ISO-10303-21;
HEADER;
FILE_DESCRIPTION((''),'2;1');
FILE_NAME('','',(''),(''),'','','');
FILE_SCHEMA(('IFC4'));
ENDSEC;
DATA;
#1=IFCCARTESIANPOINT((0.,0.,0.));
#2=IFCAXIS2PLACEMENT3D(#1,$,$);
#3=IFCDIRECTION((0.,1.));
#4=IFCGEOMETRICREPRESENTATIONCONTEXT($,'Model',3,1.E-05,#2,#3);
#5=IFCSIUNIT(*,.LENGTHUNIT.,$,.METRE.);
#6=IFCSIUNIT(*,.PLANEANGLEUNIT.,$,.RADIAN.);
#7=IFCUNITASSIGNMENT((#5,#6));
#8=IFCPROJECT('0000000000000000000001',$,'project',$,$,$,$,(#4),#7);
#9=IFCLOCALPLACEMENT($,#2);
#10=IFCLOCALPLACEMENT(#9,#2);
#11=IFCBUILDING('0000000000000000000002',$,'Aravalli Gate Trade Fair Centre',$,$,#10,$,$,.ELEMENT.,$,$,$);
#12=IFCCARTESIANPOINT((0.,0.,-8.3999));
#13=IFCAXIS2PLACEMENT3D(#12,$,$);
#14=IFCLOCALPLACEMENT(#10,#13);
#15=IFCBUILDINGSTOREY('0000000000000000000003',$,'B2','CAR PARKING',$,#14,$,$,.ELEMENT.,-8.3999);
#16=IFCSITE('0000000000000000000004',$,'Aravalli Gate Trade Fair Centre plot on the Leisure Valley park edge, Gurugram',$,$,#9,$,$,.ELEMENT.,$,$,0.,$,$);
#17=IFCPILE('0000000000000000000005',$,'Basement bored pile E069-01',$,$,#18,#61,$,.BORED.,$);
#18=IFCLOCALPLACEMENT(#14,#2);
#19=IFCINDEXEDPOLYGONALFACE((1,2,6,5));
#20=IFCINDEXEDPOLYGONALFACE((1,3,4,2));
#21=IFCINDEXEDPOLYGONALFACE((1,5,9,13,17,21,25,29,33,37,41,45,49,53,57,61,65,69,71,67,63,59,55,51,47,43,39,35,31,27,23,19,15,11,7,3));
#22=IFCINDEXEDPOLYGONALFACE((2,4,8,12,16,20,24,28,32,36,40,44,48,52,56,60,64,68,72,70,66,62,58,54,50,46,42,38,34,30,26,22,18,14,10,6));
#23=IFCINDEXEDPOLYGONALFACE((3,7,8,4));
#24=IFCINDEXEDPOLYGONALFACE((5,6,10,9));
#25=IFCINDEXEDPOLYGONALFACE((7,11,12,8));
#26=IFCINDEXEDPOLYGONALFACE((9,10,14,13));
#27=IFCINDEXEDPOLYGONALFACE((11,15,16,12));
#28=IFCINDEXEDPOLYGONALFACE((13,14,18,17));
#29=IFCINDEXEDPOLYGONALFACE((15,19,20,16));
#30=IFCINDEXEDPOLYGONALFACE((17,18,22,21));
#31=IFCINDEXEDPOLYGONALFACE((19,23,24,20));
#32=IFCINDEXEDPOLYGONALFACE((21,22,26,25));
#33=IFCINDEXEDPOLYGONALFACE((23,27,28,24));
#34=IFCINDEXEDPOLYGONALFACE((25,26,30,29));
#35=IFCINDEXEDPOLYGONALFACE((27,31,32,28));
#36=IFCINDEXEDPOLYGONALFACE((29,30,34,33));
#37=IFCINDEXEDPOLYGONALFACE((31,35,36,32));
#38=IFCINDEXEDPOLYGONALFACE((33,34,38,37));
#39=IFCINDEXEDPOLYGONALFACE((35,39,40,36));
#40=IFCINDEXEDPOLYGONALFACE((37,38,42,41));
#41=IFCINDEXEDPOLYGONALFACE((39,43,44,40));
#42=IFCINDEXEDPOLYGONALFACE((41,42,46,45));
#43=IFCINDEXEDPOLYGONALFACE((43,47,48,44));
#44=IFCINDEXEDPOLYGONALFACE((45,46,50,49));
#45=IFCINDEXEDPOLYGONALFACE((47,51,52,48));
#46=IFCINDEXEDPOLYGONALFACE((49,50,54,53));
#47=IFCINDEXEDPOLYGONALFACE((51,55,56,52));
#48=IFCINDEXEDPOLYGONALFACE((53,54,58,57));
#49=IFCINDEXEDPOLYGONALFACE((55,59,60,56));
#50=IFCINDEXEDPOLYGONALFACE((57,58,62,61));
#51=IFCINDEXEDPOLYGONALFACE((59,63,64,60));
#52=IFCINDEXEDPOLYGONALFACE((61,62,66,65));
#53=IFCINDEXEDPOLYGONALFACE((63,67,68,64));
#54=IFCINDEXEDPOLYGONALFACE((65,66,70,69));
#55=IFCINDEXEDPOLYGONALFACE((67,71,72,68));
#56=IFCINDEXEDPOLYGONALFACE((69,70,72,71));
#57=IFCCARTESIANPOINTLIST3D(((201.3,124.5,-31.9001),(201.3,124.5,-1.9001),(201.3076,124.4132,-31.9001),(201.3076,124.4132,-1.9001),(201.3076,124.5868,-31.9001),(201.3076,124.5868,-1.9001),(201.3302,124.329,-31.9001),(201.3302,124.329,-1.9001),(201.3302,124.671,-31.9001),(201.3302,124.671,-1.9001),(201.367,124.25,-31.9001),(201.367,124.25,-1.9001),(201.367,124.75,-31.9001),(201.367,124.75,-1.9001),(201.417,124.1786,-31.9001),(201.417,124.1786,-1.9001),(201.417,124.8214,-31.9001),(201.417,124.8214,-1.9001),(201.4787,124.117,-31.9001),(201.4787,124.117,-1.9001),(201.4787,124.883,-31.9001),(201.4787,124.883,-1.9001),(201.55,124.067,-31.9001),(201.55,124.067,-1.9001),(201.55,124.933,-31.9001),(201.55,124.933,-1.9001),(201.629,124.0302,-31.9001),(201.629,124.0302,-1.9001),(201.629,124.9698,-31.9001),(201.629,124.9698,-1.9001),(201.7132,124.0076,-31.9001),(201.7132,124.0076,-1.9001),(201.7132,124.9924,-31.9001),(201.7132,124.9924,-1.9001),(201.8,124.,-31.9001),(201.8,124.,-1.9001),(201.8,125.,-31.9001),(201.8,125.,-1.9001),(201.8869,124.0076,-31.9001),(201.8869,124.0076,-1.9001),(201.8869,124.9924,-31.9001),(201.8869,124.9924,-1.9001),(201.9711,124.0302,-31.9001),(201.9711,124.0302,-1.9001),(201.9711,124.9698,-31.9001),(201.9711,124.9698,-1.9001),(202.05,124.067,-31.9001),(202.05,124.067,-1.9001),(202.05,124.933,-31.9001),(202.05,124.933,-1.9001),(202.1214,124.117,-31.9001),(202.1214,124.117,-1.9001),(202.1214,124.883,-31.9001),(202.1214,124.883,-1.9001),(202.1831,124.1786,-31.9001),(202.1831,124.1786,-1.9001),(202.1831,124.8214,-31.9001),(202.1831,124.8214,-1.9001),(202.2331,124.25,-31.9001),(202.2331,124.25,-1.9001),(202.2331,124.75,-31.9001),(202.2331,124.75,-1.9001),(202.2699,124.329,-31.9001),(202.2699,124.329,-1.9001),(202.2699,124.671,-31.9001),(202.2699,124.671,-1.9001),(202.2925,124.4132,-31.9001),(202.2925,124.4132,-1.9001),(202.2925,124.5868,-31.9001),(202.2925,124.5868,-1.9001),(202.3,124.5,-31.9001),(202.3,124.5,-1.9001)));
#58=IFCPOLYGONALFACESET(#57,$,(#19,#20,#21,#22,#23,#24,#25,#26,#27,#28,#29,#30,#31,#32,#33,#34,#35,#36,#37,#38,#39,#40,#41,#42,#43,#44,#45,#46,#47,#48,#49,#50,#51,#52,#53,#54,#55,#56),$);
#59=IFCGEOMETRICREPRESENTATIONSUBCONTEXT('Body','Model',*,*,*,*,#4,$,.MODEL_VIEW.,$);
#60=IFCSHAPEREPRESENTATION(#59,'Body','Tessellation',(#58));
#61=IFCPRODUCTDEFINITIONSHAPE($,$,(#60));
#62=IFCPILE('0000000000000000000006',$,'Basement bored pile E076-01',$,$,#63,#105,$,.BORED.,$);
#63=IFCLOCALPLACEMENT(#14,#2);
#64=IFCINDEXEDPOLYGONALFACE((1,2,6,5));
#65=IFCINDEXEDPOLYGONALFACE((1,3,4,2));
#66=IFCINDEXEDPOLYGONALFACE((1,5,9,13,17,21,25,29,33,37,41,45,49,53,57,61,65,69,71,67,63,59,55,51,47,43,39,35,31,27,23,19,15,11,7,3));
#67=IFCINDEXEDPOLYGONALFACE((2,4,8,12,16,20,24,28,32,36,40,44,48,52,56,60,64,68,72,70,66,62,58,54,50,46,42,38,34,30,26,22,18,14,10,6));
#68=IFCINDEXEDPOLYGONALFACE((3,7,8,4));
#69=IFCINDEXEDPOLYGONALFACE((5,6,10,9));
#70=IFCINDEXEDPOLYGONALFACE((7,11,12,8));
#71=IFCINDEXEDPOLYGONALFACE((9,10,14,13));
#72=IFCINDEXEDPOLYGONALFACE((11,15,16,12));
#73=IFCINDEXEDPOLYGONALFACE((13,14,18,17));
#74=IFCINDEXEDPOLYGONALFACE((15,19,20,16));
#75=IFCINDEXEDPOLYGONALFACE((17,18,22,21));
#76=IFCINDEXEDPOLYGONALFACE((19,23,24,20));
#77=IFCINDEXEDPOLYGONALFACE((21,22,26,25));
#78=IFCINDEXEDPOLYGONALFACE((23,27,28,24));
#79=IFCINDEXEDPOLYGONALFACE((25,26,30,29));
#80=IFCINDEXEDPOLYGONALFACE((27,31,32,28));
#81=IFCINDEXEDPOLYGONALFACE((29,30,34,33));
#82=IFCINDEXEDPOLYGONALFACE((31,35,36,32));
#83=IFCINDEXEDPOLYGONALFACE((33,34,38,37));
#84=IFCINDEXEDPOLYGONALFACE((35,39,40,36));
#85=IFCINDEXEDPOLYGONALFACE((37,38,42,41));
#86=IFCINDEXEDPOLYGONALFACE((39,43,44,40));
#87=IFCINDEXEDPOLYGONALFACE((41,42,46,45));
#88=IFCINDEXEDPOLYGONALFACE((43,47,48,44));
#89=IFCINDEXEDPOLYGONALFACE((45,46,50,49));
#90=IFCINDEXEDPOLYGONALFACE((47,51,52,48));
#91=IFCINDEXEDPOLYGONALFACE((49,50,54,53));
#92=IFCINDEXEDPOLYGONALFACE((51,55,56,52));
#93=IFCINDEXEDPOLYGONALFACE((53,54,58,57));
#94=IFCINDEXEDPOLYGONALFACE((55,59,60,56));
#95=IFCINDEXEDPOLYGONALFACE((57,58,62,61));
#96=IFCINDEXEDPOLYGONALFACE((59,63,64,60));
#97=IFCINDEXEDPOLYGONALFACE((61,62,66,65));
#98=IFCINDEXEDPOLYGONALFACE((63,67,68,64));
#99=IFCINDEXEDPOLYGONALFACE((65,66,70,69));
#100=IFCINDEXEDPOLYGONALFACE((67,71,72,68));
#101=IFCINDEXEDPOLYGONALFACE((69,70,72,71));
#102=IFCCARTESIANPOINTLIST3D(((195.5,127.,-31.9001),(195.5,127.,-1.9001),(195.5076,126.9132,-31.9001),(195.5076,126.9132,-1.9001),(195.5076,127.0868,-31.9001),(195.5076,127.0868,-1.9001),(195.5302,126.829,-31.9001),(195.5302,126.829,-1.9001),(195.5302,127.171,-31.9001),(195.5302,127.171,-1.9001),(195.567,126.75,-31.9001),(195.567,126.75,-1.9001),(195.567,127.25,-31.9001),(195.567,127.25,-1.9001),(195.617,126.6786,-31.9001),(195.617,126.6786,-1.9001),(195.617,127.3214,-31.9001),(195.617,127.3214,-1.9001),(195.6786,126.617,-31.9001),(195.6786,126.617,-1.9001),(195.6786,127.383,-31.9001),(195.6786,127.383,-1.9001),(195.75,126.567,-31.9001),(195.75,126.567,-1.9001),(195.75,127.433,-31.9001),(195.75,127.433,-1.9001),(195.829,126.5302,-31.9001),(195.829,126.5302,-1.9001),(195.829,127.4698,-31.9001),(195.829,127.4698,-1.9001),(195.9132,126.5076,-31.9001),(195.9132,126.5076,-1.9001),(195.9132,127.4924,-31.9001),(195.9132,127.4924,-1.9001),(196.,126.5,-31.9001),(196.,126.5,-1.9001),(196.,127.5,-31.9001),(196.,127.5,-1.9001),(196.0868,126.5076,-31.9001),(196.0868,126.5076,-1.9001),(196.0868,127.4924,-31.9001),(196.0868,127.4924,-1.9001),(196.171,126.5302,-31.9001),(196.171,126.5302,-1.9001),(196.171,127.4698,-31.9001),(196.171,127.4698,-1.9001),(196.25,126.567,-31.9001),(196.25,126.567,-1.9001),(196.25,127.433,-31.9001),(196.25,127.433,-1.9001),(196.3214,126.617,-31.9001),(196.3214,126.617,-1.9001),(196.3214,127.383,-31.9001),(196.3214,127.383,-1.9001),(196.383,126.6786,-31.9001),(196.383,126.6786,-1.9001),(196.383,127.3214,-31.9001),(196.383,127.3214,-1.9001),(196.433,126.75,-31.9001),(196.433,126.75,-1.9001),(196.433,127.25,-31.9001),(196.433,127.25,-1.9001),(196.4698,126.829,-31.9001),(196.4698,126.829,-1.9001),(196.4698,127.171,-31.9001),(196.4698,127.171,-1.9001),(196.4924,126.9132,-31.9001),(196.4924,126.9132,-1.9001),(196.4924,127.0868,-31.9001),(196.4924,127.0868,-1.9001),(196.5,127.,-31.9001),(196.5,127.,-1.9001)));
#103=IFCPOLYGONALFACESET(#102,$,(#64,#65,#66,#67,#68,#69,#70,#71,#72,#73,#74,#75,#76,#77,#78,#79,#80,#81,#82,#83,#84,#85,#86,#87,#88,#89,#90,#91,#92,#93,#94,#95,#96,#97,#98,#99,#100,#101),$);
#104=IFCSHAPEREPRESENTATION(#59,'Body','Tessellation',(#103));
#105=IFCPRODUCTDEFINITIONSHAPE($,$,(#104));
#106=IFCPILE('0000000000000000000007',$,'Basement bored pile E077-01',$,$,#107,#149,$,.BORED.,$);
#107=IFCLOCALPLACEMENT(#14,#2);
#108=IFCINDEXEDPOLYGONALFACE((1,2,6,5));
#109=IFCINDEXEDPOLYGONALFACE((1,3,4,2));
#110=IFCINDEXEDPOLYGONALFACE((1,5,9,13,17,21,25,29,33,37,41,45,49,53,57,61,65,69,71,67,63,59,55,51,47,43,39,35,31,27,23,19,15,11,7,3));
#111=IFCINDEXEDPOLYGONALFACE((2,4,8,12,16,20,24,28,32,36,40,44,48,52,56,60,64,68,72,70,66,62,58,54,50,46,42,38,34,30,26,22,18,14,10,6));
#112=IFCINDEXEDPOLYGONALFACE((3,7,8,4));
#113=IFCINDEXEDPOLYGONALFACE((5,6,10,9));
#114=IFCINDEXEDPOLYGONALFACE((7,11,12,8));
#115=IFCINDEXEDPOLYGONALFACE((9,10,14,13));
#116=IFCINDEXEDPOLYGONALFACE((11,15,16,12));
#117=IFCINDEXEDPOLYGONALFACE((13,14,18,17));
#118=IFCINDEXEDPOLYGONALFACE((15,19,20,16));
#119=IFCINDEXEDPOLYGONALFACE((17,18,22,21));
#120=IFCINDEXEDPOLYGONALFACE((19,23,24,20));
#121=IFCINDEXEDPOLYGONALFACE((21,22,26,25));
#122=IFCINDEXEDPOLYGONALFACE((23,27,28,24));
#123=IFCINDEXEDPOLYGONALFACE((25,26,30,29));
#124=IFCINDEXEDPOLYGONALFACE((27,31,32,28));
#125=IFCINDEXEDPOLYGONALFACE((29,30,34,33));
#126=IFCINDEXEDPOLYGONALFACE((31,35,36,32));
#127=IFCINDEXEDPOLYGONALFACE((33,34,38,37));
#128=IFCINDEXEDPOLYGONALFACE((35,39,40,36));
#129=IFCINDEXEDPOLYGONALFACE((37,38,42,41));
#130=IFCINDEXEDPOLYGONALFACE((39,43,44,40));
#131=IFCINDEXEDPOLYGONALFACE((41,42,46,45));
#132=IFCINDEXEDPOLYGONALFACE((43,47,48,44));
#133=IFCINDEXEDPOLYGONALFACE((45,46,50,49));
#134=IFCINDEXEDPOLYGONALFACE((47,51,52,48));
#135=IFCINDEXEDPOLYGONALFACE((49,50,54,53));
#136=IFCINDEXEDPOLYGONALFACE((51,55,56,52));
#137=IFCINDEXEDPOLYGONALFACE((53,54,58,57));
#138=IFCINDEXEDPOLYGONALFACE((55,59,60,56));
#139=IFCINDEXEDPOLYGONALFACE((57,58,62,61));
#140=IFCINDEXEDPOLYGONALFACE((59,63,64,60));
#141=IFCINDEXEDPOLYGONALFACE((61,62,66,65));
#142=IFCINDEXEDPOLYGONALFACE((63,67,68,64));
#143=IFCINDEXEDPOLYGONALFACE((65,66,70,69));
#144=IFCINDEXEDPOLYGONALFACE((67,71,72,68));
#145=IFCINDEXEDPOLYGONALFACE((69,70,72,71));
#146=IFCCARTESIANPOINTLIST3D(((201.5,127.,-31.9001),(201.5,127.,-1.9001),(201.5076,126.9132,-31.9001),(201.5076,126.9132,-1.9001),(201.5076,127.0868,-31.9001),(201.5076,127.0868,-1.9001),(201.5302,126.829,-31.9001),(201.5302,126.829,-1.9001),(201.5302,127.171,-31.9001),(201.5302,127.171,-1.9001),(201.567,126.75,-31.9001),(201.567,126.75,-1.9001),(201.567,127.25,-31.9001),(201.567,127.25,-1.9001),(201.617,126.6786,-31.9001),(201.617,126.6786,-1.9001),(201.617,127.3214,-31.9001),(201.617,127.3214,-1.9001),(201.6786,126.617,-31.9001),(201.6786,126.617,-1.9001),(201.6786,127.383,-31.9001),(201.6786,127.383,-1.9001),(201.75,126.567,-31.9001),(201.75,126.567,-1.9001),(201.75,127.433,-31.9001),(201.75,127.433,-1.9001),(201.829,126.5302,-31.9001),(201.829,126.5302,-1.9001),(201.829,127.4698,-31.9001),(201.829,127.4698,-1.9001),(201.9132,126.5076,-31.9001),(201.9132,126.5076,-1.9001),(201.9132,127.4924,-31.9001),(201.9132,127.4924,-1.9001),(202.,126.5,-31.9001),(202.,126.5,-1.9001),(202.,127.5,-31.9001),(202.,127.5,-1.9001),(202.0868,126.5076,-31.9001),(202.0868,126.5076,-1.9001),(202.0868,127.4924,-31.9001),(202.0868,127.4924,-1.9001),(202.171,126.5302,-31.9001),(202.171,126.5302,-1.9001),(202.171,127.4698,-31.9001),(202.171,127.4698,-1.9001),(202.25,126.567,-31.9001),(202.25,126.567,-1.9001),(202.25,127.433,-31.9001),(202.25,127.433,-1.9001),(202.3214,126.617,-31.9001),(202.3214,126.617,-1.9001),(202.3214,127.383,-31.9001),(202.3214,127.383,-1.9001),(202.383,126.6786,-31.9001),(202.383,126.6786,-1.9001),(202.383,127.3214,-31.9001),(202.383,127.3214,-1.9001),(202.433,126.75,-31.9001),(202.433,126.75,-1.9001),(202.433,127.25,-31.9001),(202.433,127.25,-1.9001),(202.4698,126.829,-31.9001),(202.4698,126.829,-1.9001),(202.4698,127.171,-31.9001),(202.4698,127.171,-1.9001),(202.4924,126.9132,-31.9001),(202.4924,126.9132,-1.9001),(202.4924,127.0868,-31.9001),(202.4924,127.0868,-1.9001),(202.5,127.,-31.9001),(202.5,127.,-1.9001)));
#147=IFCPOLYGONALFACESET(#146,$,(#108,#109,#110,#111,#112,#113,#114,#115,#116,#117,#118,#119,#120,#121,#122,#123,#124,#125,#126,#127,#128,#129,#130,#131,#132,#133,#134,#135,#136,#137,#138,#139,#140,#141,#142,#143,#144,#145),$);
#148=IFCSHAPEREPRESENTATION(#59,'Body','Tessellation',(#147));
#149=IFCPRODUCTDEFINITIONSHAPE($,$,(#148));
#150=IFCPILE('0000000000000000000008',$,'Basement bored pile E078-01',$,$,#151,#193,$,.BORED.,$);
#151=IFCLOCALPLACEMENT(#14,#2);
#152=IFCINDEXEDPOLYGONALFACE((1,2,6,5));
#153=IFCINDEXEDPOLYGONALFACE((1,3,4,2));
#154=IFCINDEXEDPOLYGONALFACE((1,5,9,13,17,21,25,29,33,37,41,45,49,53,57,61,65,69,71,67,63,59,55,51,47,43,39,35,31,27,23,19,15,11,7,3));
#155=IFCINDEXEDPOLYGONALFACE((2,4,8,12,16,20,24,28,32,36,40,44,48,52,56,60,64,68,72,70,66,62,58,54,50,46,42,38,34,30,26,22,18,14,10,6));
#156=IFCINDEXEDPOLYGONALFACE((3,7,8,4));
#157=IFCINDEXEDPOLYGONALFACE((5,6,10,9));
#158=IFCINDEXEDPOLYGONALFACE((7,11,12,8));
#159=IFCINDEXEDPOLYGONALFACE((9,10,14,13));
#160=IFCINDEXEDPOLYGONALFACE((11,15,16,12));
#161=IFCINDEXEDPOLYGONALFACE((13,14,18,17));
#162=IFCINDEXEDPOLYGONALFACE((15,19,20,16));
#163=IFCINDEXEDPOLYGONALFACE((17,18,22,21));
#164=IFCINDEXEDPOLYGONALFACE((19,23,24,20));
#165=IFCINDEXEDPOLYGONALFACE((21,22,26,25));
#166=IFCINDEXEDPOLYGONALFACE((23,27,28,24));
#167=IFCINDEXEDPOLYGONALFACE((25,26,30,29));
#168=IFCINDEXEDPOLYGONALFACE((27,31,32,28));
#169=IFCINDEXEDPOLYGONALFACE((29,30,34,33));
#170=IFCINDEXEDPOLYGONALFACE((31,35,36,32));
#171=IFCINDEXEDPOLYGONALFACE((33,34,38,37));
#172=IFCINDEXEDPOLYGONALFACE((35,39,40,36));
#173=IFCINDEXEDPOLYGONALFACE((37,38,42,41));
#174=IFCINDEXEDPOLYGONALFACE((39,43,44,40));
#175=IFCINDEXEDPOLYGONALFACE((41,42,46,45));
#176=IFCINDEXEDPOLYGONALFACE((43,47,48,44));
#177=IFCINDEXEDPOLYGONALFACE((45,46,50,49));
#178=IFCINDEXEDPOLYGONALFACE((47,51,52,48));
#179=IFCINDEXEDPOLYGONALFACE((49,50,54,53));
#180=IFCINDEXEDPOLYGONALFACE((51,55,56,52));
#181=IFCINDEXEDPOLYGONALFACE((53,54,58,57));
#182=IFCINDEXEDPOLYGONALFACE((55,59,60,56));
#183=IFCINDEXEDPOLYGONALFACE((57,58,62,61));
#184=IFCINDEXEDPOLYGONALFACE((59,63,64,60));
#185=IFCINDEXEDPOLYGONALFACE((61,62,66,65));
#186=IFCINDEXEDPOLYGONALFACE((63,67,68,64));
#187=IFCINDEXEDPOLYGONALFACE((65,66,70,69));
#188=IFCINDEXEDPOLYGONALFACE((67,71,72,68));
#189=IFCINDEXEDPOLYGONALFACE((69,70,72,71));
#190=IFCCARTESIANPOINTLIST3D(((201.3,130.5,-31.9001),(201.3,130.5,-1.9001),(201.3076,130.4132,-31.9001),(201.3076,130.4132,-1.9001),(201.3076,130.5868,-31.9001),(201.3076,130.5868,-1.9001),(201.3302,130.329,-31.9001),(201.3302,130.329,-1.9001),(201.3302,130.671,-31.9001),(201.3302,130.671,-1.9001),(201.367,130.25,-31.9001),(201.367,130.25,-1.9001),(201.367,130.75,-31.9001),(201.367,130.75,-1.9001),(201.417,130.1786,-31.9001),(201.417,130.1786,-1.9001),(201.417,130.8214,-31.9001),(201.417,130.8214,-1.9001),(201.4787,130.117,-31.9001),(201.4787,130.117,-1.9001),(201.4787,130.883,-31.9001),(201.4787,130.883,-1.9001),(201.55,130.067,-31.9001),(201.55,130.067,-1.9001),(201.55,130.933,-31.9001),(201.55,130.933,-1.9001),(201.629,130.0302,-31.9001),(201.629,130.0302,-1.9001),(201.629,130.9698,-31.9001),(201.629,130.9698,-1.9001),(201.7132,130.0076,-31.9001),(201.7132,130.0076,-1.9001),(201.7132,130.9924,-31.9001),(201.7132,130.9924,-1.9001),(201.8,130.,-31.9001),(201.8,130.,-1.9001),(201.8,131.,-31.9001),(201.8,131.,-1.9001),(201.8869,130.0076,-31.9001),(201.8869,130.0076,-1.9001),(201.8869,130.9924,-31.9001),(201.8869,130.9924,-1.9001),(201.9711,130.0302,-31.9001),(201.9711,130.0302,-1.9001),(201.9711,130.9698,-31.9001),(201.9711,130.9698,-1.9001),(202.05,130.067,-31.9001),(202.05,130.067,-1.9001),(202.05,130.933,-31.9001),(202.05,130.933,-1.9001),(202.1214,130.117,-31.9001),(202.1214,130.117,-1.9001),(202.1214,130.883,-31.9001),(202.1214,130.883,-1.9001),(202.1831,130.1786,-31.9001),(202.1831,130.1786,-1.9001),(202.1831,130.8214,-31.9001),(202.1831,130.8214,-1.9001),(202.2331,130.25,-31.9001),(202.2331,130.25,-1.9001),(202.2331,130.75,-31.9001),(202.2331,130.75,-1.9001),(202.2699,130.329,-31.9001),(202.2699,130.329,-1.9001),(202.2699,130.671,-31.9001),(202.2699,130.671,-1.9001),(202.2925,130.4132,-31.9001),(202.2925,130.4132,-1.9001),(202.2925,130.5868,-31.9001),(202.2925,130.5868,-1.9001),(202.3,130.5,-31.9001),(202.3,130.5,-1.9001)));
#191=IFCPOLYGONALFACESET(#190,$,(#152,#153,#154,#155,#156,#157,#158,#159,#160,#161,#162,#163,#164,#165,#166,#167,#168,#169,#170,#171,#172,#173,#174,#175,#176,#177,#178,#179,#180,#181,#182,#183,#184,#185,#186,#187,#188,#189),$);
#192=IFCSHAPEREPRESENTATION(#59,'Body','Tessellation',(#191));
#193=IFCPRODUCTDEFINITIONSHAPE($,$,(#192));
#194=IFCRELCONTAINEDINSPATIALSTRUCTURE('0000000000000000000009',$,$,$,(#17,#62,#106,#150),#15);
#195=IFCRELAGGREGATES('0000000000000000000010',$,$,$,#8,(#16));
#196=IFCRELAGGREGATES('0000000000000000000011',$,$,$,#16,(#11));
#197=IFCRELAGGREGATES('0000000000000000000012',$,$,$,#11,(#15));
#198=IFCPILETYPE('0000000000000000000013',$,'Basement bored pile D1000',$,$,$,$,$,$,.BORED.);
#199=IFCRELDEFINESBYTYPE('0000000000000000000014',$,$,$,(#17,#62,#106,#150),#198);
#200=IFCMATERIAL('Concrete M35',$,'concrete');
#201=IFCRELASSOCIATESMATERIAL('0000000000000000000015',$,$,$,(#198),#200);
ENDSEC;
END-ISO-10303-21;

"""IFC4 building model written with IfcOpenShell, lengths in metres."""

from ifc_helpers import new_model, si_unit, direction, frame, origin, origin_2d, place, context, subcontext, project, spatial, circle, extrude, material, material_profile, profile_set, type_object, element, save


model = new_model("IFC4")

# Units and contexts
model_context = context("Model", 3, precision=1e-05, world=origin(), true_north=direction((0.0, 1.0)))
body_context = subcontext(model_context, "Body", "Model", "MODEL_VIEW")
ifc_project = project(units=[si_unit("LENGTHUNIT", "METRE"), si_unit("PLANEANGLEUNIT", "RADIAN")], contexts=[model_context])

# Site, building, storey
site_placement = place(None, origin())
site = spatial("IfcSite", under=ifc_project, at=site_placement, Name="Aravalli Gate Trade Fair Centre plot on the Leisure Valley park edge, Gurugram", CompositionType="ELEMENT", RefElevation=0.0)
building_placement = place(site_placement, origin())
building = spatial("IfcBuilding", under=site, at=building_placement, Name="Aravalli Gate Trade Fair Centre", CompositionType="ELEMENT")
storey_placement = place(building_placement, frame((0.0, 0.0, -8.3999)))
storey = spatial("IfcBuildingStorey", under=building, at=storey_placement, Name="B2", Description="CAR PARKING", CompositionType="ELEMENT", Elevation=-8.3999)

# Piles
ifc_material_1 = material(Name="Concrete M35", Category="concrete")
ifc_material_profile_1 = material_profile(ifc_material_1, circle(Radius=0.5, at=origin_2d()), Name="D1000")
ifc_profile_set_1 = profile_set([ifc_material_profile_1], Name="Concrete M35")
pile_type = type_object("IfcPileType", Name="Basement bored pile D1000", PredefinedType="BORED", material=ifc_profile_set_1)
for number, where, z_axis, x_axis, name in (
    (1, (201.8, 124.5, -1.9001), (0.0, 0.0, -1.0), (1.0, 0.0, 0.0), "Basement bored pile E069-01"),
    (2, (196.0, 127.0, -1.9001), (0.0, 0.0, -1.0), (1.0, 0.0, 0.0), "Basement bored pile E076-01"),
    (3, (202.0, 127.0, -1.9001), (0.0, 0.0, -1.0), (1.0, 0.0, 0.0), "Basement bored pile E077-01"),
    (4, (201.8, 130.5, -1.9001), (0.0, 0.0, -1.0), (1.0, 0.0, 0.0), "Basement bored pile E078-01"),
):
    element("IfcPile", number, at=place(storey_placement, frame(where, z_axis=z_axis, x_axis=x_axis)), inside=storey, type_object=pile_type, Name=name, PredefinedType="BORED", context=body_context, shape_type="SweptSolid", body=[
        extrude(circle(Radius=0.5, at=origin_2d()), origin(), (0.0, 0.0, 1.0), 30.0),
    ])

save(model, "model.ifc")
